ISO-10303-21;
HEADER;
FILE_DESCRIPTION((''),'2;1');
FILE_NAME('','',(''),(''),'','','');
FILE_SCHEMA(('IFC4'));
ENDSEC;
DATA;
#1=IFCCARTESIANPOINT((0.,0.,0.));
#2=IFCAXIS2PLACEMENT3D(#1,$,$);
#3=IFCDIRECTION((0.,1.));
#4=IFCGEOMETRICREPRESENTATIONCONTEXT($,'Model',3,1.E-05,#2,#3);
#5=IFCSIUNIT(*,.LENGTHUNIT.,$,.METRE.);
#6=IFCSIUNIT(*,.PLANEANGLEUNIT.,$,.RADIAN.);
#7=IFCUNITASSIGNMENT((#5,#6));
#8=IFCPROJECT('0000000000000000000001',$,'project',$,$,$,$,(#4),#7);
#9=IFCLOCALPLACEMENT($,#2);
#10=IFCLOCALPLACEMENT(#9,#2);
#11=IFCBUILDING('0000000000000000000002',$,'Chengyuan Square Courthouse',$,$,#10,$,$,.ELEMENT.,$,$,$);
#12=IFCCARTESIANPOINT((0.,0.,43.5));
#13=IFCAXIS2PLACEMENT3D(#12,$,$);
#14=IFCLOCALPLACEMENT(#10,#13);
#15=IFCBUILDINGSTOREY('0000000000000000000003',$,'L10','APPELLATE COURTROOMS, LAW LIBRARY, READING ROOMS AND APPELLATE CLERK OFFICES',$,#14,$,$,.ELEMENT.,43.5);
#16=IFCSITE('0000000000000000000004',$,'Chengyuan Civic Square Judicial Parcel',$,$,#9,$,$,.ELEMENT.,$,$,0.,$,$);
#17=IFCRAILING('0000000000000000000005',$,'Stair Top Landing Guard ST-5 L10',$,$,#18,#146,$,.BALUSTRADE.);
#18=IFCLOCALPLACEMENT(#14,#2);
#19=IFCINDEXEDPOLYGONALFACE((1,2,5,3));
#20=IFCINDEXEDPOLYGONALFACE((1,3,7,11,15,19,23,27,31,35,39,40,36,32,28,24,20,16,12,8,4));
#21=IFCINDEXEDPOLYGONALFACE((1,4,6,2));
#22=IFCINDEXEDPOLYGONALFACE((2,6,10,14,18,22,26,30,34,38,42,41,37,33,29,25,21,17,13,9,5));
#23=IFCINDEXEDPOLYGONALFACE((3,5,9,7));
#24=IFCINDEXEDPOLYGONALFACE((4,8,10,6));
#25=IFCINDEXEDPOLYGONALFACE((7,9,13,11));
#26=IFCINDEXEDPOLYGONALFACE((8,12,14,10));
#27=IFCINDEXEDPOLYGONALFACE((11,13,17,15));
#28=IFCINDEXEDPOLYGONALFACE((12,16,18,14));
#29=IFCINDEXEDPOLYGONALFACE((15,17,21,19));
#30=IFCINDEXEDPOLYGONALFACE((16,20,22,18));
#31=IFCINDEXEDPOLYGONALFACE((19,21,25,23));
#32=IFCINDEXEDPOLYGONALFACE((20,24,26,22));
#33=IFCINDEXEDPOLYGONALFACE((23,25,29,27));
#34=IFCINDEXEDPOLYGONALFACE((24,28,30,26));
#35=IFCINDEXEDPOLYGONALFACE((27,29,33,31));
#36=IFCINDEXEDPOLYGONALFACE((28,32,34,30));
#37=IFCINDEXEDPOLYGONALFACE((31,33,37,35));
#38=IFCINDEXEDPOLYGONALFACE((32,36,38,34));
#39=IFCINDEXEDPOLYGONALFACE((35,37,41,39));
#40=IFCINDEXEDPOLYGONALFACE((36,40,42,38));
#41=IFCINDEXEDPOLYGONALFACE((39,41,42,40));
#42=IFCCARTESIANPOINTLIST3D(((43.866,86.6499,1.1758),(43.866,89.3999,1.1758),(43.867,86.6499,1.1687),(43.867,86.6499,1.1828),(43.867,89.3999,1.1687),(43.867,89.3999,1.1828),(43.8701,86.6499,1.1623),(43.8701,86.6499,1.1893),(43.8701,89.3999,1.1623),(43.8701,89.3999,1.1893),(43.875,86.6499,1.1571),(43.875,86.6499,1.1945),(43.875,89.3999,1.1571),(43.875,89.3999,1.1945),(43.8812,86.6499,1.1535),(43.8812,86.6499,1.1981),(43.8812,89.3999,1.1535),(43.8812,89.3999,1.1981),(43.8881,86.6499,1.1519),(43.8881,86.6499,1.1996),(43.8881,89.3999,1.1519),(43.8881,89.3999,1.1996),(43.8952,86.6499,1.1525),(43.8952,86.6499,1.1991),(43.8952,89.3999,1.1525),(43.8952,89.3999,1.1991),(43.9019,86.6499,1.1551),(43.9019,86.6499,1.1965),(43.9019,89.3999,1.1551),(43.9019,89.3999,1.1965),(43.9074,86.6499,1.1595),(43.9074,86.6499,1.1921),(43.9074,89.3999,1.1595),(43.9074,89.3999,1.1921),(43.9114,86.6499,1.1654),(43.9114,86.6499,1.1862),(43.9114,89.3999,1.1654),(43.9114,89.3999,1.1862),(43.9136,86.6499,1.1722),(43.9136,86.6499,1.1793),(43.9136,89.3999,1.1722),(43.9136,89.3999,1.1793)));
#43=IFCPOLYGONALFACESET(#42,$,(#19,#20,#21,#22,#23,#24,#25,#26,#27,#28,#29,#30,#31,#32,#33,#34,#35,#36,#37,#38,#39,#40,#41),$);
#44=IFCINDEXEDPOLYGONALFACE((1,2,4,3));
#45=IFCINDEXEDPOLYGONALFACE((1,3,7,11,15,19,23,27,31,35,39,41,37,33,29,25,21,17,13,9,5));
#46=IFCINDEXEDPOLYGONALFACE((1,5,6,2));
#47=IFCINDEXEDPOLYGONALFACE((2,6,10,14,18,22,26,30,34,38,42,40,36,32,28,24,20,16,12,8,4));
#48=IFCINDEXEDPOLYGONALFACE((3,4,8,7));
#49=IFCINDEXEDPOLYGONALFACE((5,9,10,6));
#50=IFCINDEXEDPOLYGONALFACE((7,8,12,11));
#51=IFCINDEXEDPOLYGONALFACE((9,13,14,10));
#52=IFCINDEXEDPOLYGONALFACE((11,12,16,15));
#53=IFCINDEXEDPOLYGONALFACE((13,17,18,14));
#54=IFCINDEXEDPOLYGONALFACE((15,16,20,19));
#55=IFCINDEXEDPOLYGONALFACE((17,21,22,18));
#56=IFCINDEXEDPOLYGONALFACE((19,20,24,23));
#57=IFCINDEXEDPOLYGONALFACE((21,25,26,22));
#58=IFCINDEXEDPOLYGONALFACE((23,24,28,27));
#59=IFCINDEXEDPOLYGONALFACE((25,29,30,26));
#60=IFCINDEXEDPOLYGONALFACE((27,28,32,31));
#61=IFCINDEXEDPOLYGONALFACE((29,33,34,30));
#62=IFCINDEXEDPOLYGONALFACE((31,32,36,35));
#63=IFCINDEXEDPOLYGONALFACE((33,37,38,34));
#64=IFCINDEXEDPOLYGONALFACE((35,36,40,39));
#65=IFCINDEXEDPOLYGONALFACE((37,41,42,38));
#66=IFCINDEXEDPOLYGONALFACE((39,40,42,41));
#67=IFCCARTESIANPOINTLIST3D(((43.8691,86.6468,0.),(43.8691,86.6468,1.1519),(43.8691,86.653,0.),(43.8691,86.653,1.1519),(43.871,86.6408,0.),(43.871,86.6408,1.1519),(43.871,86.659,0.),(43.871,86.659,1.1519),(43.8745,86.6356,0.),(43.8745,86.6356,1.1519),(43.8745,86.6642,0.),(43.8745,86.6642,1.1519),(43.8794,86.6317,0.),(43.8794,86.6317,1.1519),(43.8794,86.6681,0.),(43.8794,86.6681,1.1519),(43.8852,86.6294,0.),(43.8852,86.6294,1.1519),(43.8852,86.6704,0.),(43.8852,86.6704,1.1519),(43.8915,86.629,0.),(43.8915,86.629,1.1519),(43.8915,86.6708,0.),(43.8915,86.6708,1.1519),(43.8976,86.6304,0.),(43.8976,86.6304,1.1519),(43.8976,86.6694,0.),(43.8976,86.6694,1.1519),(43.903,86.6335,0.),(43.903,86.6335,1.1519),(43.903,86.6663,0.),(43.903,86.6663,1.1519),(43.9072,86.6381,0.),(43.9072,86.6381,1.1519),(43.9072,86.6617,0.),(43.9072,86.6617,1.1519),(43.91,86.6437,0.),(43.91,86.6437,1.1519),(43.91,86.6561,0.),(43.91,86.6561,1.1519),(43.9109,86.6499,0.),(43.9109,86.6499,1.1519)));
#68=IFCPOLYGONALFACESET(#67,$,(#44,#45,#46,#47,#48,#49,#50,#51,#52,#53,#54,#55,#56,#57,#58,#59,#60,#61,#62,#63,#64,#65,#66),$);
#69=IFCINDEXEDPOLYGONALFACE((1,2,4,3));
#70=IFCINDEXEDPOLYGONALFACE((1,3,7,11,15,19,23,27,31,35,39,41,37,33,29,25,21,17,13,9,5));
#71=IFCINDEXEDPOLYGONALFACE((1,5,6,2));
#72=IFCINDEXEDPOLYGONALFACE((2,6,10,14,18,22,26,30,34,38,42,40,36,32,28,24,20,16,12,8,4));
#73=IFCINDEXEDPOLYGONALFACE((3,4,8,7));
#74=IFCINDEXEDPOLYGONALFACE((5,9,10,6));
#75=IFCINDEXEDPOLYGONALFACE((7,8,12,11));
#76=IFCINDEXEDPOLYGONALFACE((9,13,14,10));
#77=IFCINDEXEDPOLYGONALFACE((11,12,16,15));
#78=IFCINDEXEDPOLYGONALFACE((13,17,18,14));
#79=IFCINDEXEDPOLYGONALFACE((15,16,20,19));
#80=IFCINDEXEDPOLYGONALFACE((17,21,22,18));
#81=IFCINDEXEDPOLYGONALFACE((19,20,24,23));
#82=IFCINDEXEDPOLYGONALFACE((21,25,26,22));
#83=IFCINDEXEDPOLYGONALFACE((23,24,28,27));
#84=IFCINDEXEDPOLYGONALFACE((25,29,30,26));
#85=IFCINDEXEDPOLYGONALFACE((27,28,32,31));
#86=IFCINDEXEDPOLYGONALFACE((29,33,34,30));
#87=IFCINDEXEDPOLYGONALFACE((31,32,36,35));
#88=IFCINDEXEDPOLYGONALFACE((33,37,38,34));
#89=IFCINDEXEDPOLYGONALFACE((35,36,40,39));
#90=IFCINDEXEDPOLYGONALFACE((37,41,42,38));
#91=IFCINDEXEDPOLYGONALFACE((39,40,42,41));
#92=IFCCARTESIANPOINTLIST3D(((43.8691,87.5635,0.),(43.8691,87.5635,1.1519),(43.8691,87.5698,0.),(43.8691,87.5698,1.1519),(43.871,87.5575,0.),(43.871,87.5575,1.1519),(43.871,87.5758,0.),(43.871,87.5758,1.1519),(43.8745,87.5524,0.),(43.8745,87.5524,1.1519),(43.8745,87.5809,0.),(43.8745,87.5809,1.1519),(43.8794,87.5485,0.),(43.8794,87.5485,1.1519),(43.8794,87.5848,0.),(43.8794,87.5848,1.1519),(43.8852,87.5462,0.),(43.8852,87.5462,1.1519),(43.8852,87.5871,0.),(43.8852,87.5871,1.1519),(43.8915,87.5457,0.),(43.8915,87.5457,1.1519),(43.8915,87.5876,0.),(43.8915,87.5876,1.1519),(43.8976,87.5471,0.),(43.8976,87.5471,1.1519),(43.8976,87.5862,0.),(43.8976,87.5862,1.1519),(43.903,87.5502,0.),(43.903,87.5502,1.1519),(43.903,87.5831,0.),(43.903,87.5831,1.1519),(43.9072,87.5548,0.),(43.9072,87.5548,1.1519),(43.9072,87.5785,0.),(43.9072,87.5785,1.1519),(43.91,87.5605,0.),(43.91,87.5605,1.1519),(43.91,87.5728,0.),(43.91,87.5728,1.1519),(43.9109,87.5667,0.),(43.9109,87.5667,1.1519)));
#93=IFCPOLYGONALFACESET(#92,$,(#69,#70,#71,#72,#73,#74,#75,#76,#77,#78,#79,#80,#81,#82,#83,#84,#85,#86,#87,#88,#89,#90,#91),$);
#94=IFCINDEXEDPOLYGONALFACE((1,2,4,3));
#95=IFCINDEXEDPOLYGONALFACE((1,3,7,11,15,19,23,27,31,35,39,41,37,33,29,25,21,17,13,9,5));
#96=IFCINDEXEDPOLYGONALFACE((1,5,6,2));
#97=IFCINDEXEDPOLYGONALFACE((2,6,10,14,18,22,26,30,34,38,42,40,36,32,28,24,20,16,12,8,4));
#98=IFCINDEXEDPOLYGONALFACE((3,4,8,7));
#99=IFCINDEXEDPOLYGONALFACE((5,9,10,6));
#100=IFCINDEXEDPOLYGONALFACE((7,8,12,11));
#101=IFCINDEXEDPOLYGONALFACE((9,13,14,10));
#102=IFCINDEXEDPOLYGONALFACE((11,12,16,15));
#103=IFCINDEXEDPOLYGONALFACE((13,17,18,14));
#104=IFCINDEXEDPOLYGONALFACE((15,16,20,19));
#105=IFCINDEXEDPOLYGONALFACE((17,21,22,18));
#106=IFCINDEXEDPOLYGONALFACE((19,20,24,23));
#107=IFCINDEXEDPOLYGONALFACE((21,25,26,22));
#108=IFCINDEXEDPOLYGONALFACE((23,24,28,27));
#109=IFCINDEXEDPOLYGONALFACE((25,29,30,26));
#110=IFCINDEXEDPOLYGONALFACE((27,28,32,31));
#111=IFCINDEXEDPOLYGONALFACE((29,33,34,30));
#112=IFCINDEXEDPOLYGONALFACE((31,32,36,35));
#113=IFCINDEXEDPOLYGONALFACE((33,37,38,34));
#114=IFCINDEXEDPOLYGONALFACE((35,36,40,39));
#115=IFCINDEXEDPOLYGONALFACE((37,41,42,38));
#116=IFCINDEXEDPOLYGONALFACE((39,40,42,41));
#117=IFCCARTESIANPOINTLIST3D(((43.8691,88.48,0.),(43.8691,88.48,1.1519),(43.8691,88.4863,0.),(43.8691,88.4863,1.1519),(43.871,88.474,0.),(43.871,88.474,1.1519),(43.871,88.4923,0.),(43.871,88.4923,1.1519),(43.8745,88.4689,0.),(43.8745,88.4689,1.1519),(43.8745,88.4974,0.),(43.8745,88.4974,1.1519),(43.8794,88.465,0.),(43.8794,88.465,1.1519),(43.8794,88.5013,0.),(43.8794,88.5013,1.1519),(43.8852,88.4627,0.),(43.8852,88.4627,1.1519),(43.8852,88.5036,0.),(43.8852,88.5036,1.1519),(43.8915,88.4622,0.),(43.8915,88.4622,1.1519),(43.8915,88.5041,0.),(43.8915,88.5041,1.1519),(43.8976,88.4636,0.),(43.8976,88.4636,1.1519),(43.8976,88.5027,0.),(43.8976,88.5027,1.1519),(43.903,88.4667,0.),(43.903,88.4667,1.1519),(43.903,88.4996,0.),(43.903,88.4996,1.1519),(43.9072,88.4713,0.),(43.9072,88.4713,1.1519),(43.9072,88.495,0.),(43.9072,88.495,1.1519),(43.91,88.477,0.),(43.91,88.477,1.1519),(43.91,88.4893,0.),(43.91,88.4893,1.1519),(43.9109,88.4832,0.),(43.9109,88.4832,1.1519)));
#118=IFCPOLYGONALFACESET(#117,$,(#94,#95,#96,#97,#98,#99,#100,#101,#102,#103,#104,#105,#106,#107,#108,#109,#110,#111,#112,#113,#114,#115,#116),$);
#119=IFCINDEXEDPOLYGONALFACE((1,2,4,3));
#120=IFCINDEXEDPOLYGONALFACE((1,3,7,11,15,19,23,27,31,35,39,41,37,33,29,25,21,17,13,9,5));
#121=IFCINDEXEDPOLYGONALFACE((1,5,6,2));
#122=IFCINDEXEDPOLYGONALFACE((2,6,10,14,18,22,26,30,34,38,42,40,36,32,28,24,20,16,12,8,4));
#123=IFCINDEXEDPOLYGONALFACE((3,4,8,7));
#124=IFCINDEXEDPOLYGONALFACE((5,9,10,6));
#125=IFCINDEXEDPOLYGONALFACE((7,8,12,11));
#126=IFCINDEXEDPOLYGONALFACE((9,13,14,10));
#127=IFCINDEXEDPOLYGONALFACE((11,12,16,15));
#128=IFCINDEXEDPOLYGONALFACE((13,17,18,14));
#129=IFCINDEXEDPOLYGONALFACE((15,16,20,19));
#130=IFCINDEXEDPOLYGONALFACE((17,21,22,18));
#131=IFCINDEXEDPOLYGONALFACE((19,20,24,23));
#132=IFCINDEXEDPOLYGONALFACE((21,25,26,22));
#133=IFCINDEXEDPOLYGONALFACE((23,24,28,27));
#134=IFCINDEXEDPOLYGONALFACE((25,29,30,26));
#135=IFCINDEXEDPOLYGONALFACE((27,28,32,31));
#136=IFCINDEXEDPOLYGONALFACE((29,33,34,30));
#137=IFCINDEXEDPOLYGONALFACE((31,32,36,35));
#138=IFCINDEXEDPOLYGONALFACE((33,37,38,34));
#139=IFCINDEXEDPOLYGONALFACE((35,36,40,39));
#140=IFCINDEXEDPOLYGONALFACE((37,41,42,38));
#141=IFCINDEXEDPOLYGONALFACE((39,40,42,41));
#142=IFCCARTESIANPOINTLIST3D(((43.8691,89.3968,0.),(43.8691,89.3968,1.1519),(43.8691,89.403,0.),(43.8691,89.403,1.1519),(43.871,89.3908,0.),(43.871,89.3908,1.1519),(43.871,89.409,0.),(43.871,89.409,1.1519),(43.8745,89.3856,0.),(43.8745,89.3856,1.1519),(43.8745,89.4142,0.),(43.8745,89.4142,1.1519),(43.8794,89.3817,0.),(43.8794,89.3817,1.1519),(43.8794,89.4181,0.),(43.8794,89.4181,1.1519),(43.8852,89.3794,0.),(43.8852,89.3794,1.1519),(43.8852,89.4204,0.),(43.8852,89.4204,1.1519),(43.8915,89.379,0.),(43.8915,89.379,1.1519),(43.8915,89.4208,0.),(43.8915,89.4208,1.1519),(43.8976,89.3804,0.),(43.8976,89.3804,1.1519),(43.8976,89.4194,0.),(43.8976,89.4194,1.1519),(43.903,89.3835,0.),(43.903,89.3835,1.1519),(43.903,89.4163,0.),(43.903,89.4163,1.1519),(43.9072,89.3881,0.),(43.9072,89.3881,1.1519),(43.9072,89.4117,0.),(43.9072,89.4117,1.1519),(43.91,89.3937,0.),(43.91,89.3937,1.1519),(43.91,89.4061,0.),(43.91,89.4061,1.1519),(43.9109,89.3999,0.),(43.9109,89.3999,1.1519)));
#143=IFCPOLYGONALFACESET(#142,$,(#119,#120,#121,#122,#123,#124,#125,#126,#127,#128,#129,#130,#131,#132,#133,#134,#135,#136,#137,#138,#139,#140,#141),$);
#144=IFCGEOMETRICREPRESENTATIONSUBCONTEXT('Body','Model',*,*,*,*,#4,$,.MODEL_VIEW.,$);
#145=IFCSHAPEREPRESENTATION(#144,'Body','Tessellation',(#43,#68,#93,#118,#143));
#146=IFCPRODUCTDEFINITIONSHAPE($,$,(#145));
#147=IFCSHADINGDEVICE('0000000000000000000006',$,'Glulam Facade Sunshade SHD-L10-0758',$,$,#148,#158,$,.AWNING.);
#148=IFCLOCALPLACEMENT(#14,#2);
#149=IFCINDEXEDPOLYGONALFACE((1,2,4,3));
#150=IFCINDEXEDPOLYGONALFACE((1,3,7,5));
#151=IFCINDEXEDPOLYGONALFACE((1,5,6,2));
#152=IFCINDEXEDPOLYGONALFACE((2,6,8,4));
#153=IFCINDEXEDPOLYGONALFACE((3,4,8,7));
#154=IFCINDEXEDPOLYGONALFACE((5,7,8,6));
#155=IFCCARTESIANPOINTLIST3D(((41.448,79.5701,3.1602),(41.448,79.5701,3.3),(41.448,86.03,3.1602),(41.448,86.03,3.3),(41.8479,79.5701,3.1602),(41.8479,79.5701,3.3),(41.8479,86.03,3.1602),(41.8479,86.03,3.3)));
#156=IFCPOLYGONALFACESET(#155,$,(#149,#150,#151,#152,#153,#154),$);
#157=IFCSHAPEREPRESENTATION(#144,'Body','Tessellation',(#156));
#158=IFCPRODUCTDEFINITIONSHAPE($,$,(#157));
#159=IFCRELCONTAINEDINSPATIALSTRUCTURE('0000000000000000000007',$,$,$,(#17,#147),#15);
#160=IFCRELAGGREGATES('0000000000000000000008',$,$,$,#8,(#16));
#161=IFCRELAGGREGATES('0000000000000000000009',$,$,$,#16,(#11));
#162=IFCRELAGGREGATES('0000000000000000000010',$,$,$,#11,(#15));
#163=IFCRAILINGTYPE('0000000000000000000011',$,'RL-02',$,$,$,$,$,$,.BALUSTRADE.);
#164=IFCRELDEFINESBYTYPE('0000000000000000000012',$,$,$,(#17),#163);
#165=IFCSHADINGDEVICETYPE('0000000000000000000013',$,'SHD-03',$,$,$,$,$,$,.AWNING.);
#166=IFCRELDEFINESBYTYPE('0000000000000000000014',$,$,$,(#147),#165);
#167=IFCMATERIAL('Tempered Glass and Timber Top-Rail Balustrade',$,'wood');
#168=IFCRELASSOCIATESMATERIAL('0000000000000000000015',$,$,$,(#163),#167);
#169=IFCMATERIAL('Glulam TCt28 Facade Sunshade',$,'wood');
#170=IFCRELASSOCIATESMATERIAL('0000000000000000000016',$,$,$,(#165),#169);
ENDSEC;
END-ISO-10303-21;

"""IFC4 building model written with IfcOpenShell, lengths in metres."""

from ifc_helpers import new_model, si_unit, direction, frame, origin, origin_2d, place, context, subcontext, project, spatial, rectangle, circle, extrude, material, type_object, element, save


model = new_model("IFC4")

# Units and contexts
model_context = context("Model", 3, precision=1e-05, world=origin(), true_north=direction((0.0, 1.0)))
body_context = subcontext(model_context, "Body", "Model", "MODEL_VIEW")
ifc_project = project(units=[si_unit("LENGTHUNIT", "METRE"), si_unit("PLANEANGLEUNIT", "RADIAN")], contexts=[model_context])

# Site, building, storey
site_placement = place(None, origin())
site = spatial("IfcSite", under=ifc_project, at=site_placement, Name="Chengyuan Civic Square Judicial Parcel", CompositionType="ELEMENT", RefElevation=0.0)
building_placement = place(site_placement, origin())
building = spatial("IfcBuilding", under=site, at=building_placement, Name="Chengyuan Square Courthouse", CompositionType="ELEMENT")
storey_placement = place(building_placement, frame((0.0, 0.0, 43.5)))
storey = spatial("IfcBuildingStorey", under=building, at=storey_placement, Name="L10", Description="APPELLATE COURTROOMS, LAW LIBRARY, READING ROOMS AND APPELLATE CLERK OFFICES", CompositionType="ELEMENT", Elevation=43.5)

# Railing
ifc_material_1 = material(Name="Tempered Glass and Timber Top-Rail Balustrade", Category="wood")
railing_type = type_object("IfcRailingType", Name="RL-02", PredefinedType="BALUSTRADE", material=ifc_material_1)
railing_placement = place(storey_placement, frame((43.8899, 86.6499, 0.0)))
element("IfcRailing", 1, at=railing_placement, inside=storey, type_object=railing_type, Name="Stair Top Landing Guard ST-5 L10", PredefinedType="BALUSTRADE", context=body_context, shape_type="SweptSolid", body=[
    extrude(circle(Radius=0.0239, at=origin_2d()), frame((0.0, 0.0, 1.1758), z_axis=(0.0, 1.0, 0.0), x_axis=(-1.0, 0.0, 0.0)), (0.0, 0.0, 1.0), 2.75),
    extrude(circle(Radius=0.021, at=origin_2d()), origin(), (0.0, 0.0, 1.0), 1.1519),
    extrude(circle(Radius=0.021, at=origin_2d()), frame((0.0, 0.9167, 0.0)), (0.0, 0.0, 1.0), 1.1519),
    extrude(circle(Radius=0.021, at=origin_2d()), frame((0.0, 1.8333, 0.0)), (0.0, 0.0, 1.0), 1.1519),
    extrude(circle(Radius=0.021, at=origin_2d()), frame((0.0, 2.75, 0.0)), (0.0, 0.0, 1.0), 1.1519),
])

# Shading device
ifc_material_2 = material(Name="Glulam TCt28 Facade Sunshade", Category="wood")
shading_device_type = type_object("IfcShadingDeviceType", Name="SHD-03", PredefinedType="AWNING", material=ifc_material_2)
shading_device_placement = place(storey_placement, frame((41.6479, 82.8, 3.1602), z_axis=(0.0, 0.0, 1.0), x_axis=(0.0, 1.0, 0.0)))
element("IfcShadingDevice", 2, at=shading_device_placement, inside=storey, type_object=shading_device_type, Name="Glulam Facade Sunshade SHD-L10-0758", PredefinedType="AWNING", context=body_context, shape_type="SweptSolid", body=[
    extrude(rectangle(XDim=6.46, YDim=0.3999, at=origin_2d()), origin(), (0.0, 0.0, 1.0), 0.1399),
])

save(model, "model.ifc")
